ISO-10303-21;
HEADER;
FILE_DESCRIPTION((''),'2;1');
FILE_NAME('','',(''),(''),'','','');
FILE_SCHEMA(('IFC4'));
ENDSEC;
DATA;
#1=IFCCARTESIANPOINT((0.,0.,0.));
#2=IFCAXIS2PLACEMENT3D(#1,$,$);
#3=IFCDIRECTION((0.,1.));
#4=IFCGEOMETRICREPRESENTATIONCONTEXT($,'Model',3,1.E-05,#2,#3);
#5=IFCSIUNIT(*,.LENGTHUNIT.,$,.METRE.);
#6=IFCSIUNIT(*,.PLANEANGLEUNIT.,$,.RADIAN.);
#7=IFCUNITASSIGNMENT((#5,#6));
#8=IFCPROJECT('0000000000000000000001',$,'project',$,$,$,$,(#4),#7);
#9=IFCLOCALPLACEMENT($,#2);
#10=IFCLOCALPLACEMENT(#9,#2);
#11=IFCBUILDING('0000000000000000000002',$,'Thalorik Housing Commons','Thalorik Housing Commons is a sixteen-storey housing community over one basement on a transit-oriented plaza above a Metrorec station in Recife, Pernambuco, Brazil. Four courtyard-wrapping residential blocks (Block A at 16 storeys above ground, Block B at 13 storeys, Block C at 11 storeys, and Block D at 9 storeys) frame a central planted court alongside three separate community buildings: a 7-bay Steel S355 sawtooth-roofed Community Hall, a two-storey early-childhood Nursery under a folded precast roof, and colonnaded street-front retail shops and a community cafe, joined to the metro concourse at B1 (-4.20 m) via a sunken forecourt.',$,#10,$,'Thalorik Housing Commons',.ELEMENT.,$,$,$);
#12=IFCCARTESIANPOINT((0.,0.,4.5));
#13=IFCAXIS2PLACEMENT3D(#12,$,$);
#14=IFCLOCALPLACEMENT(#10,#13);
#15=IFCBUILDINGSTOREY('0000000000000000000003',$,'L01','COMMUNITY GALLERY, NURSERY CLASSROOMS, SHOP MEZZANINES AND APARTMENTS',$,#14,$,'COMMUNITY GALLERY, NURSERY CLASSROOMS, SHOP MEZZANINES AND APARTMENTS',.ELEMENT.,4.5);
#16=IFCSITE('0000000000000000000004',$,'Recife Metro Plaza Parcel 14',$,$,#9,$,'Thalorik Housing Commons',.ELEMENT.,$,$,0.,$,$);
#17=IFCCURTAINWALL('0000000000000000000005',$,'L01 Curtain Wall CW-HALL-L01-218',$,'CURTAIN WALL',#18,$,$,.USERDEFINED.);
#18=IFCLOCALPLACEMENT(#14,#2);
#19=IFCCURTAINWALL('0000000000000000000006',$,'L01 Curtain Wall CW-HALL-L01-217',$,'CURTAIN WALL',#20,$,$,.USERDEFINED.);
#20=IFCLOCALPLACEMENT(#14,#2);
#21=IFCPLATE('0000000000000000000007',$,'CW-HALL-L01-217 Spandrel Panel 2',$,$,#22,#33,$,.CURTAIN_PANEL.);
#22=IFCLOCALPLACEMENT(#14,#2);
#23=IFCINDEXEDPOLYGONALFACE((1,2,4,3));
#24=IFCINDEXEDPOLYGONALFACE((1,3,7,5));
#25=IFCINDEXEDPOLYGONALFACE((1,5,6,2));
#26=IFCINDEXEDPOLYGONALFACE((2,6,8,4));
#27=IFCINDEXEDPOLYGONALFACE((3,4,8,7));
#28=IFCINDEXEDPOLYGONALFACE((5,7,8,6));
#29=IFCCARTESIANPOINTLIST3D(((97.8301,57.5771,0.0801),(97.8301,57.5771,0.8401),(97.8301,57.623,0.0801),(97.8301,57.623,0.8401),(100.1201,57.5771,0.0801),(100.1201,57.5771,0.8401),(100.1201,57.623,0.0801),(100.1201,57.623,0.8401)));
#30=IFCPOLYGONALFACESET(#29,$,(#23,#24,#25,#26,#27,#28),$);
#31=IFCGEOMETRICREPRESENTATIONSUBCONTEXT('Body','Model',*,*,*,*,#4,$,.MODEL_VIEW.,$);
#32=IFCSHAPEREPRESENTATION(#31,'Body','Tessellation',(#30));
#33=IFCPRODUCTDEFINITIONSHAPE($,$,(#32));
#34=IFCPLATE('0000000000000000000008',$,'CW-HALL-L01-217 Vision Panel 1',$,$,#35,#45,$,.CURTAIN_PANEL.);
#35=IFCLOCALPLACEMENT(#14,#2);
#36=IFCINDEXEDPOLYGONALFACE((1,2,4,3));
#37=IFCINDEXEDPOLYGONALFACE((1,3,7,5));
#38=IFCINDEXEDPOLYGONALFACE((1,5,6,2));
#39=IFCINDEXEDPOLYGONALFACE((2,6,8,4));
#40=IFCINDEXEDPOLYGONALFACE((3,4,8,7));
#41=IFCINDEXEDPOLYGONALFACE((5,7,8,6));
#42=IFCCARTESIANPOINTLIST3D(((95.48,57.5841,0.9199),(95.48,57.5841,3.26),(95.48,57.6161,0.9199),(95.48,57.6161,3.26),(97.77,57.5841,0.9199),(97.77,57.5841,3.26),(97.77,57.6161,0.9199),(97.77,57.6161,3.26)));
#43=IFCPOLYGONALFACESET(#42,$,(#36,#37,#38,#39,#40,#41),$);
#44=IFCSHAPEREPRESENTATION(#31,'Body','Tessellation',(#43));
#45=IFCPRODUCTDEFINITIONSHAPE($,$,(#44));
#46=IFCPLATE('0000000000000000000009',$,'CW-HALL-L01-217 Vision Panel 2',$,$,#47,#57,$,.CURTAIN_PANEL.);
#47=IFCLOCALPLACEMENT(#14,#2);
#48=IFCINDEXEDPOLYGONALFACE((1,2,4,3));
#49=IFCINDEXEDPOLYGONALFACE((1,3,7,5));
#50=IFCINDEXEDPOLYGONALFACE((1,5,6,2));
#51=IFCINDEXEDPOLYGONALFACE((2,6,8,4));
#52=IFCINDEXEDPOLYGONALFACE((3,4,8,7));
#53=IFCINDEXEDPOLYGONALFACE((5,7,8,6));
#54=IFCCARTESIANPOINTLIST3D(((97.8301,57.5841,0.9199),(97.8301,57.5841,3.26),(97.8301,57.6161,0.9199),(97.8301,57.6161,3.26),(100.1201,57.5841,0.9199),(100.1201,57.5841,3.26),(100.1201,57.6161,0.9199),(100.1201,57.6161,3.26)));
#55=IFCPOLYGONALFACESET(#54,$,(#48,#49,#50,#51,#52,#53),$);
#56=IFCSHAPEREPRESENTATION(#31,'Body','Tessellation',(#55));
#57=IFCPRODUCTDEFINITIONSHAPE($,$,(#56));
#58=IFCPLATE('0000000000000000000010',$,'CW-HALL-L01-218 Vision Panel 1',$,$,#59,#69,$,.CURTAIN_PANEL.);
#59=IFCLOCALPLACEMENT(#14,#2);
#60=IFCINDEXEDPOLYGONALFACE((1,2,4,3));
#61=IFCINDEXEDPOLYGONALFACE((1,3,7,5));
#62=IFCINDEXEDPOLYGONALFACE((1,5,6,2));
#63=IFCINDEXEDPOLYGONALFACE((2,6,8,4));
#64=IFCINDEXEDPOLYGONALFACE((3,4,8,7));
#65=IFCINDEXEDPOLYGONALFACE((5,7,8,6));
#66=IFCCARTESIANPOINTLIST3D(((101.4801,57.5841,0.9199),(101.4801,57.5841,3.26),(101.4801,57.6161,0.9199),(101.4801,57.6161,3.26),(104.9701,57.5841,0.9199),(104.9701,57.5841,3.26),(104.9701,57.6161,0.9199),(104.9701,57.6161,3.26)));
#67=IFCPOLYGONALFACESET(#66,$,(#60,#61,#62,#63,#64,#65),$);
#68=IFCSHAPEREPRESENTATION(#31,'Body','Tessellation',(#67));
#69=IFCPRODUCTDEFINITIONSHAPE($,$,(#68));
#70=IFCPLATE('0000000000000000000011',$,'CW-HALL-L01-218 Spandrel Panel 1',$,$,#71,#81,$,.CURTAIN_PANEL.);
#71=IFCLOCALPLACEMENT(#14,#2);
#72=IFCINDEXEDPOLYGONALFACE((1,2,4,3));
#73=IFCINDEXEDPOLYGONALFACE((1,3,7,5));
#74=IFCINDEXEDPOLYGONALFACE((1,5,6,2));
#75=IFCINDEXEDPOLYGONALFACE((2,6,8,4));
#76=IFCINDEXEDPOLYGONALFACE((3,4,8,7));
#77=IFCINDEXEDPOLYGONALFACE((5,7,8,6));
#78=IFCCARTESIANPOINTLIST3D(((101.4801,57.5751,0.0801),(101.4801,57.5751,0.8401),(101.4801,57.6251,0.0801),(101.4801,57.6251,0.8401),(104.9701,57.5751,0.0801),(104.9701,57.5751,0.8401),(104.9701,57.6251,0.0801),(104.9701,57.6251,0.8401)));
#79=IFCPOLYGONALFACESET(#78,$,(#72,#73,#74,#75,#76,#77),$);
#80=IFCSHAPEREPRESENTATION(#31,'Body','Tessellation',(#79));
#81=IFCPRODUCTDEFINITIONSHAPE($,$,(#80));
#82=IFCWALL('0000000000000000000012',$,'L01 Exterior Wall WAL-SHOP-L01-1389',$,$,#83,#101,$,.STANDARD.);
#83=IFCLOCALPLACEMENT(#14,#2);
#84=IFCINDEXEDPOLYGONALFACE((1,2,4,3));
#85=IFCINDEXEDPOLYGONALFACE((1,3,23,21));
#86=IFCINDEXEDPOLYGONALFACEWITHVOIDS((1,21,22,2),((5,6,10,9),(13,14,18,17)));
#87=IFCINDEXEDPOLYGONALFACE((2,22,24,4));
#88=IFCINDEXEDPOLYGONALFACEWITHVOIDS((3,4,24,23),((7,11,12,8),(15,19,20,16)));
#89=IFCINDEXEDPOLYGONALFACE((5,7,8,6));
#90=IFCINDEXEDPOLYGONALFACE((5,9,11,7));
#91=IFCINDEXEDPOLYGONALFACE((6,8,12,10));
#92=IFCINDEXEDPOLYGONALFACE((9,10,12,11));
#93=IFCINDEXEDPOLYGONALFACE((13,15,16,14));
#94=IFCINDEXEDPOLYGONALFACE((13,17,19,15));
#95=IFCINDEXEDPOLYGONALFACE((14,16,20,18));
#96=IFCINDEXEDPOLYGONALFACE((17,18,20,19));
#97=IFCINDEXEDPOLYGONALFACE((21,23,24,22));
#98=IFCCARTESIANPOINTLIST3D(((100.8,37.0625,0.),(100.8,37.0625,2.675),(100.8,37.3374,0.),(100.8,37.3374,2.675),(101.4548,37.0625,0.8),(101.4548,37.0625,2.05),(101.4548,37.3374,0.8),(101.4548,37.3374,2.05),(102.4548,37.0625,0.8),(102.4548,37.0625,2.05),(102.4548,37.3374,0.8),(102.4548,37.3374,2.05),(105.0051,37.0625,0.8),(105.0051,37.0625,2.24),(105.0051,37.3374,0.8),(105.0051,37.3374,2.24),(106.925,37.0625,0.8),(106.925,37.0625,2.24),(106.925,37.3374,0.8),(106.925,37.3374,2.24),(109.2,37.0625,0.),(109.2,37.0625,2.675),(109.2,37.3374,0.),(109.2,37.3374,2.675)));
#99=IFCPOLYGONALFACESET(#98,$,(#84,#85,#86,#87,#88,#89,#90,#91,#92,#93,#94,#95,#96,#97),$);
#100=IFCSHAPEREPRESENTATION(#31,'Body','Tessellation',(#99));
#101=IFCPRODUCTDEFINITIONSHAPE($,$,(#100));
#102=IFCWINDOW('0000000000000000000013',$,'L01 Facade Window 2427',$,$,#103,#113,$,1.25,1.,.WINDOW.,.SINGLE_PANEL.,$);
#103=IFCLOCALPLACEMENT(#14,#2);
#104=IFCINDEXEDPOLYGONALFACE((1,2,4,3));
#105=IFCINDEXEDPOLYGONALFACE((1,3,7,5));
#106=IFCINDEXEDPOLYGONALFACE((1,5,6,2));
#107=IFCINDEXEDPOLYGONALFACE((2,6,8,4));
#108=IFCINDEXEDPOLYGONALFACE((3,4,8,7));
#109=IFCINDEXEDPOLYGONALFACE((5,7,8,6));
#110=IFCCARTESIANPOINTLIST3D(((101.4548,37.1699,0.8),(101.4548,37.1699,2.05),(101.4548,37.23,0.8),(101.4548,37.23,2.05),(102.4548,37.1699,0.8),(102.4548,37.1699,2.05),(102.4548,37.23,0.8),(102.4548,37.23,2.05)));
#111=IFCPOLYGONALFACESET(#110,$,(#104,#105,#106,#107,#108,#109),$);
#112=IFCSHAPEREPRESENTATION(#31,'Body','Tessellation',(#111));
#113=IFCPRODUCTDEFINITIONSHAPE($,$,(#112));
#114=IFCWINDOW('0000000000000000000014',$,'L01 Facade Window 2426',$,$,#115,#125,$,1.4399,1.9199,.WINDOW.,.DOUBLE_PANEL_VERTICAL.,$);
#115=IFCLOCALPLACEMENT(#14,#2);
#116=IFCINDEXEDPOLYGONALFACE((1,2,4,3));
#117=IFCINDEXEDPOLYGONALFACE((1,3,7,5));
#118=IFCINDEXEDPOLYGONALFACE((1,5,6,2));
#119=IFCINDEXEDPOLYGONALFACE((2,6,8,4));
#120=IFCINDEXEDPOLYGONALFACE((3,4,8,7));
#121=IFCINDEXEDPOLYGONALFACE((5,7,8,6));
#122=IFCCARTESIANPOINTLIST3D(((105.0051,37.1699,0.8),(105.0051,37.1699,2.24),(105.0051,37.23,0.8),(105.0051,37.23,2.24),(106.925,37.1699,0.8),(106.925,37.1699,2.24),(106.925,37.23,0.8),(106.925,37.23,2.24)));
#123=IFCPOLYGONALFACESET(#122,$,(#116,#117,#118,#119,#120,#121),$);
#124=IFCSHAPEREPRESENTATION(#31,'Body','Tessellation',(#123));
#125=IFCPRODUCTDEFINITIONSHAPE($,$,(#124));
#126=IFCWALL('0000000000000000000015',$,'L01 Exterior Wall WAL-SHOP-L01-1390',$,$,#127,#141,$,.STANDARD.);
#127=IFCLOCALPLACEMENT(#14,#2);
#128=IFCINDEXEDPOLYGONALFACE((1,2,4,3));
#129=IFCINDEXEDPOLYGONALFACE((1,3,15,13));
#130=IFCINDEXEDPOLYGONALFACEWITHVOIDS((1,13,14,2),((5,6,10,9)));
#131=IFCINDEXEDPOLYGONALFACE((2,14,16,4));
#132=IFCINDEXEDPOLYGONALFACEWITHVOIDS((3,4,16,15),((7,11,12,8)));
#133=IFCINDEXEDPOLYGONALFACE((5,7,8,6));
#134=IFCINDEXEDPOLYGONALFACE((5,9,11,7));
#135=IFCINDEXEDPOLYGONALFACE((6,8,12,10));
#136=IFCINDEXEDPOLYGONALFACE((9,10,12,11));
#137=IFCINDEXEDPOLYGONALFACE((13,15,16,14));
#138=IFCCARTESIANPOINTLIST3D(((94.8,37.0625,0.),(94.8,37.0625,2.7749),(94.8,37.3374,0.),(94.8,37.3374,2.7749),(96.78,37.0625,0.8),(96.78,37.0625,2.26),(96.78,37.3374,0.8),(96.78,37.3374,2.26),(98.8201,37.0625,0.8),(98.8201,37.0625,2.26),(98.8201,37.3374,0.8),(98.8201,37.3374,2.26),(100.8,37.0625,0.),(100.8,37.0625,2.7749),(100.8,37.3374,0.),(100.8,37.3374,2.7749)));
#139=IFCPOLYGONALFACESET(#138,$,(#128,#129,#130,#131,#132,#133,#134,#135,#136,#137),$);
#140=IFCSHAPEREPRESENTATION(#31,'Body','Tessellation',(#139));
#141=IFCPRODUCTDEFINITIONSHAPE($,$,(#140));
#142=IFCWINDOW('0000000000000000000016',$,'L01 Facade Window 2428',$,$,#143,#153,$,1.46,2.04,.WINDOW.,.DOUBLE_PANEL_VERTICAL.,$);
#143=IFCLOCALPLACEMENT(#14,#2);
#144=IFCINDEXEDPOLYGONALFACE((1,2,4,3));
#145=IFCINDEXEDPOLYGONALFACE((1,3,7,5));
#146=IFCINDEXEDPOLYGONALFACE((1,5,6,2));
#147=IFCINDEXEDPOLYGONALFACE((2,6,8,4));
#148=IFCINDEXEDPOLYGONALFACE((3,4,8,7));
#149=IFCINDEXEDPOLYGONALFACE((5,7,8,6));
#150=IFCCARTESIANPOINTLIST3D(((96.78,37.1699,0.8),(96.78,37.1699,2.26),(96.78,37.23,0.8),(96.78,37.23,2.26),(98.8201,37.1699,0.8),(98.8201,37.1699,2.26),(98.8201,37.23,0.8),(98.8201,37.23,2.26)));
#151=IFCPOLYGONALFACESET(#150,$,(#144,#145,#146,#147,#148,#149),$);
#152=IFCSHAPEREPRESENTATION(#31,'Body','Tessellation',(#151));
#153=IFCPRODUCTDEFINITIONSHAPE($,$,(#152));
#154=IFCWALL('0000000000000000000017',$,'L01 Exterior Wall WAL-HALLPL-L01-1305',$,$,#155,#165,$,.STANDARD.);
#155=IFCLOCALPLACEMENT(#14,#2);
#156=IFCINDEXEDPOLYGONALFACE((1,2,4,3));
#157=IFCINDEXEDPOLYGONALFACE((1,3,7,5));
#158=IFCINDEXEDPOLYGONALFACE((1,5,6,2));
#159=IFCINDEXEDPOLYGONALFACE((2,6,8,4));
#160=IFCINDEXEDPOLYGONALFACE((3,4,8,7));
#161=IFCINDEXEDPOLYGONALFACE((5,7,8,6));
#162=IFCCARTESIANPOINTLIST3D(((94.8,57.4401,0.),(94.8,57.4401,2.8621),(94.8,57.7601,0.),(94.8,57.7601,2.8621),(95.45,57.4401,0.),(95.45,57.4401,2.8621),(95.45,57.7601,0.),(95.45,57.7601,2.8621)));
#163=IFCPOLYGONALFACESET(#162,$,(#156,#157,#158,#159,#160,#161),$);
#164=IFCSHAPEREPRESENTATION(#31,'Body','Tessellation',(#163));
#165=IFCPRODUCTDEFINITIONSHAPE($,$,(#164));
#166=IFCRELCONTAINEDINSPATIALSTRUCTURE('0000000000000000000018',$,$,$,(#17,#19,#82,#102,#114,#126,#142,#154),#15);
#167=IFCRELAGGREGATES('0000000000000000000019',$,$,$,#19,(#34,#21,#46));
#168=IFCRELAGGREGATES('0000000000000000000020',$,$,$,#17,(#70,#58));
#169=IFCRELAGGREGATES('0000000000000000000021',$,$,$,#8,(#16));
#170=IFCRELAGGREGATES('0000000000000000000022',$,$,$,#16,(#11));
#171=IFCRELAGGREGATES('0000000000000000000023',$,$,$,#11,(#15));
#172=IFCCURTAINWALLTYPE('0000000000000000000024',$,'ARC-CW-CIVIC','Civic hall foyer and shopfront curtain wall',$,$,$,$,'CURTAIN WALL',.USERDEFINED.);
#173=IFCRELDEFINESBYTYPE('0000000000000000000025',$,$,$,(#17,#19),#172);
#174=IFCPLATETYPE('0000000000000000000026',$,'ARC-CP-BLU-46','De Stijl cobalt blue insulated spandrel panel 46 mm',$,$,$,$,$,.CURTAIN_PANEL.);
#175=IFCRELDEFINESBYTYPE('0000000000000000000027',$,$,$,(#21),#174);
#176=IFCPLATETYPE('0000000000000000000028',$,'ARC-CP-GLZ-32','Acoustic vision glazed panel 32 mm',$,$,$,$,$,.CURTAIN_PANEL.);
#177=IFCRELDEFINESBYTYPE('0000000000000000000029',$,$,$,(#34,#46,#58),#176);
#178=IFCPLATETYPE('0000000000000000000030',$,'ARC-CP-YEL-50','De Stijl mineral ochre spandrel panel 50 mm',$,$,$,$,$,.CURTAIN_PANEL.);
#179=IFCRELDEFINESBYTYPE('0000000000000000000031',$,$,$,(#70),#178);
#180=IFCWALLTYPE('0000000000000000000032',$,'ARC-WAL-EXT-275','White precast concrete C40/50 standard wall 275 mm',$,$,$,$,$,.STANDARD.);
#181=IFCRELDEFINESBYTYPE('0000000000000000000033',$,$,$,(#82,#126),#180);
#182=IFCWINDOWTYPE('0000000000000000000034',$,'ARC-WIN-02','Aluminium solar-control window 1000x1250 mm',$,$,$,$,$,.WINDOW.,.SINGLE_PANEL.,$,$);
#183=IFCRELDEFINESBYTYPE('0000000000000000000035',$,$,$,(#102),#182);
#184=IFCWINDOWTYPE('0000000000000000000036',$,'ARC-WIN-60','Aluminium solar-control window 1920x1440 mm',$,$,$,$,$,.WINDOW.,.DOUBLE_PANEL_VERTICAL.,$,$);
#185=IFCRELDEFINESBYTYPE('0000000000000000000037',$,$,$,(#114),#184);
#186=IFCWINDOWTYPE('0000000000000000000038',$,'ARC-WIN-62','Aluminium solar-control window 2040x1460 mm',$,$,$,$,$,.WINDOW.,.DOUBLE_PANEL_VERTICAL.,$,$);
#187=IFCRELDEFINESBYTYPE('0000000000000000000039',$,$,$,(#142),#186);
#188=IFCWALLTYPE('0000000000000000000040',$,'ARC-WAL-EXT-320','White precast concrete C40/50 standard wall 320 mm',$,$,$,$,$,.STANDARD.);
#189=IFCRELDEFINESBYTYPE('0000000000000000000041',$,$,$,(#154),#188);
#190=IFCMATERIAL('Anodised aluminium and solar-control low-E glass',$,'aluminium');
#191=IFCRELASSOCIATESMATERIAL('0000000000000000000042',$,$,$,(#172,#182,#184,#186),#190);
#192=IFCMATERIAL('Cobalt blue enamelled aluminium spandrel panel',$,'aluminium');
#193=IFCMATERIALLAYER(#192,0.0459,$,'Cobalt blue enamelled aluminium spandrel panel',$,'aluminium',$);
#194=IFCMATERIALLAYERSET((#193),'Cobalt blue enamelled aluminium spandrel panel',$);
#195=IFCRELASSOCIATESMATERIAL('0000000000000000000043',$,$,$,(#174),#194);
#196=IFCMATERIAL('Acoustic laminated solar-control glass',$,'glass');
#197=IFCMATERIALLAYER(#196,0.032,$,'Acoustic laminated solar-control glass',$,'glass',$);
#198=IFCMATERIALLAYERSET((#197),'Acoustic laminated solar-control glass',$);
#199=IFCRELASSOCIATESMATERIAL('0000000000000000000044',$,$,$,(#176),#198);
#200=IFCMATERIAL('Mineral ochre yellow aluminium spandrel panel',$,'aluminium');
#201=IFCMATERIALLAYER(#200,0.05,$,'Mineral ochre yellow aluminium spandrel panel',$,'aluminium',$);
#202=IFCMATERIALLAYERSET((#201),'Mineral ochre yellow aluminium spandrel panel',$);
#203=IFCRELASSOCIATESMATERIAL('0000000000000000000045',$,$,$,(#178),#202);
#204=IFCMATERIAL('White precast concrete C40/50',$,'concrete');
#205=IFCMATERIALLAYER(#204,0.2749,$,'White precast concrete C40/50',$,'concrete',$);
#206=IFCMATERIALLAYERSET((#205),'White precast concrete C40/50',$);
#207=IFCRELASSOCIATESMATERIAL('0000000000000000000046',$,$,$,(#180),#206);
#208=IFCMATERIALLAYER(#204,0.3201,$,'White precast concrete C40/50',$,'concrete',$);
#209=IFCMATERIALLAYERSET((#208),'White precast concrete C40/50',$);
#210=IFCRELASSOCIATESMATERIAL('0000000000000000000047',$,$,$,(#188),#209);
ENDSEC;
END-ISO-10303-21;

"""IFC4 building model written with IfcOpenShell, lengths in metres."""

from ifc_helpers import new_model, si_unit, direction, frame, frame_2d, origin, origin_2d, place, context, subcontext, project, spatial, rectangle, extrude, material, layer, layer_set, type_object, element, fill, aggregate, save


model = new_model("IFC4")

# Units and contexts
model_context = context("Model", 3, precision=1e-05, world=origin(), true_north=direction((0.0, 1.0)))
body_context = subcontext(model_context, "Body", "Model", "MODEL_VIEW")
ifc_project = project(units=[si_unit("LENGTHUNIT", "METRE"), si_unit("PLANEANGLEUNIT", "RADIAN")], contexts=[model_context])

# Site, building, storey
site_placement = place(None, origin())
site = spatial("IfcSite", under=ifc_project, at=site_placement, Name="Recife Metro Plaza Parcel 14", LongName="Thalorik Housing Commons", CompositionType="ELEMENT", RefElevation=0.0)
building_placement = place(site_placement, origin())
building = spatial("IfcBuilding", under=site, at=building_placement, Name="Thalorik Housing Commons", Description="Thalorik Housing Commons is a sixteen-storey housing community over one basement on a transit-oriented plaza above a Metrorec station in Recife, Pernambuco, Brazil. Four courtyard-wrapping residential blocks (Block A at 16 storeys above ground, Block B at 13 storeys, Block C at 11 storeys, and Block D at 9 storeys) frame a central planted court alongside three separate community buildings: a 7-bay Steel S355 sawtooth-roofed Community Hall, a two-storey early-childhood Nursery under a folded precast roof, and colonnaded street-front retail shops and a community cafe, joined to the metro concourse at B1 (-4.20 m) via a sunken forecourt.", LongName="Thalorik Housing Commons", CompositionType="ELEMENT")
storey_placement = place(building_placement, frame((0.0, 0.0, 4.5)))
storey = spatial("IfcBuildingStorey", under=building, at=storey_placement, Name="L01", Description="COMMUNITY GALLERY, NURSERY CLASSROOMS, SHOP MEZZANINES AND APARTMENTS", LongName="COMMUNITY GALLERY, NURSERY CLASSROOMS, SHOP MEZZANINES AND APARTMENTS", CompositionType="ELEMENT", Elevation=4.5)

# Curtain walls
ifc_material_1 = material(Name="Anodised aluminium and solar-control low-E glass", Category="aluminium")
curtain_wall_type = type_object("IfcCurtainWallType", Name="ARC-CW-CIVIC", Description="Civic hall foyer and shopfront curtain wall", ElementType="CURTAIN WALL", PredefinedType="USERDEFINED", material=ifc_material_1)
curtain_wall_1_placement = place(storey_placement, origin())
curtain_wall_1 = element("IfcCurtainWall", 1, at=curtain_wall_1_placement, inside=storey, type_object=curtain_wall_type, Name="L01 Curtain Wall CW-HALL-L01-218", ObjectType="CURTAIN WALL", PredefinedType="USERDEFINED")
curtain_wall_2_placement = place(storey_placement, origin())
curtain_wall_2 = element("IfcCurtainWall", 2, at=curtain_wall_2_placement, inside=storey, type_object=curtain_wall_type, Name="L01 Curtain Wall CW-HALL-L01-217", ObjectType="CURTAIN WALL", PredefinedType="USERDEFINED")

# Plates
ifc_material_2 = material(Name="Cobalt blue enamelled aluminium spandrel panel", Category="aluminium")
ifc_layer_1 = layer(ifc_material_2, 0.0459, Name="Cobalt blue enamelled aluminium spandrel panel", Category="aluminium")
ifc_layer_set_1 = layer_set([ifc_layer_1], Name="Cobalt blue enamelled aluminium spandrel panel")
plate_type_1 = type_object("IfcPlateType", Name="ARC-CP-BLU-46", Description="De Stijl cobalt blue insulated spandrel panel 46 mm", PredefinedType="CURTAIN_PANEL", material=ifc_layer_set_1)
plate_1_placement = place(storey_placement, frame((98.9751, 57.6001, 0.0801), z_axis=(0.0, 0.0, 1.0), x_axis=(1.0, 0.0, 0.0)))
plate_1 = element("IfcPlate", 3, at=plate_1_placement, type_object=plate_type_1, Name="CW-HALL-L01-217 Spandrel Panel 2", PredefinedType="CURTAIN_PANEL", context=body_context, shape_type="SweptSolid", body=[
    extrude(rectangle(XDim=2.29, YDim=0.0459, at=origin_2d()), origin(), (0.0, 0.0, 1.0), 0.76),
])
ifc_material_3 = material(Name="Acoustic laminated solar-control glass", Category="glass")
ifc_layer_2 = layer(ifc_material_3, 0.032, Name="Acoustic laminated solar-control glass", Category="glass")
ifc_layer_set_2 = layer_set([ifc_layer_2], Name="Acoustic laminated solar-control glass")
plate_type_2 = type_object("IfcPlateType", Name="ARC-CP-GLZ-32", Description="Acoustic vision glazed panel 32 mm", PredefinedType="CURTAIN_PANEL", material=ifc_layer_set_2)
plate_2_placement = place(storey_placement, frame((96.625, 57.6001, 0.9199), z_axis=(0.0, 0.0, 1.0), x_axis=(1.0, 0.0, 0.0)))
plate_2 = element("IfcPlate", 4, at=plate_2_placement, type_object=plate_type_2, Name="CW-HALL-L01-217 Vision Panel 1", PredefinedType="CURTAIN_PANEL", context=body_context, shape_type="SweptSolid", body=[
    extrude(rectangle(XDim=2.29, YDim=0.032, at=origin_2d()), origin(), (0.0, 0.0, 1.0), 2.3401),
])
plate_3_placement = place(storey_placement, frame((98.9751, 57.6001, 0.9199), z_axis=(0.0, 0.0, 1.0), x_axis=(1.0, 0.0, 0.0)))
plate_3 = element("IfcPlate", 5, at=plate_3_placement, type_object=plate_type_2, Name="CW-HALL-L01-217 Vision Panel 2", PredefinedType="CURTAIN_PANEL", context=body_context, shape_type="SweptSolid", body=[
    extrude(rectangle(XDim=2.29, YDim=0.032, at=origin_2d()), origin(), (0.0, 0.0, 1.0), 2.3401),
])
aggregate(curtain_wall_2, [plate_2, plate_1, plate_3])
plate_4_placement = place(storey_placement, frame((103.2251, 57.6001, 0.9199), z_axis=(0.0, 0.0, 1.0), x_axis=(1.0, 0.0, 0.0)))
plate_4 = element("IfcPlate", 6, at=plate_4_placement, type_object=plate_type_2, Name="CW-HALL-L01-218 Vision Panel 1", PredefinedType="CURTAIN_PANEL", context=body_context, shape_type="SweptSolid", body=[
    extrude(rectangle(XDim=3.49, YDim=0.032, at=origin_2d()), origin(), (0.0, 0.0, 1.0), 2.3401),
])
ifc_material_4 = material(Name="Mineral ochre yellow aluminium spandrel panel", Category="aluminium")
ifc_layer_3 = layer(ifc_material_4, 0.05, Name="Mineral ochre yellow aluminium spandrel panel", Category="aluminium")
ifc_layer_set_3 = layer_set([ifc_layer_3], Name="Mineral ochre yellow aluminium spandrel panel")
plate_type_3 = type_object("IfcPlateType", Name="ARC-CP-YEL-50", Description="De Stijl mineral ochre spandrel panel 50 mm", PredefinedType="CURTAIN_PANEL", material=ifc_layer_set_3)
plate_5_placement = place(storey_placement, frame((103.2251, 57.6001, 0.0801), z_axis=(0.0, 0.0, 1.0), x_axis=(1.0, 0.0, 0.0)))
plate_5 = element("IfcPlate", 7, at=plate_5_placement, type_object=plate_type_3, Name="CW-HALL-L01-218 Spandrel Panel 1", PredefinedType="CURTAIN_PANEL", context=body_context, shape_type="SweptSolid", body=[
    extrude(rectangle(XDim=3.49, YDim=0.05, at=origin_2d()), origin(), (0.0, 0.0, 1.0), 0.76),
])
aggregate(curtain_wall_1, [plate_5, plate_4])

# Wall, openings, windows
ifc_material_5 = material(Name="White precast concrete C40/50", Category="concrete")
ifc_layer_4 = layer(ifc_material_5, 0.2749, Name="White precast concrete C40/50", Category="concrete")
ifc_layer_set_4 = layer_set([ifc_layer_4], Name="White precast concrete C40/50")
wall_type_1 = type_object("IfcWallType", Name="ARC-WAL-EXT-275", Description="White precast concrete C40/50 standard wall 275 mm", PredefinedType="STANDARD", material=ifc_layer_set_4)
wall_1_placement = place(storey_placement, frame((109.2, 37.2, 0.0), z_axis=(0.0, 0.0, 1.0), x_axis=(-1.0, 0.0, 0.0)))
wall_1 = element("IfcWall", 8, at=wall_1_placement, inside=storey, type_object=wall_type_1, Name="L01 Exterior Wall WAL-SHOP-L01-1389", PredefinedType="STANDARD", context=body_context, shape_type="SweptSolid", body=[
    extrude(rectangle(XDim=8.3999, YDim=0.2749, at=frame_2d((4.2, 0.0))), origin(), (0.0, 0.0, 1.0), 2.675),
])
opening_1_placement = place(wall_1_placement, frame((2.2749, 0.0, 0.8)))
opening_1 = element("IfcOpeningElement", 9, at=opening_1_placement, cuts=wall_1, PredefinedType="OPENING", context=body_context, shape_type="SweptSolid", body=[
    extrude(rectangle(XDim=1.9199, YDim=1.4399, at=frame_2d((0.96, 0.72))), frame((0.0, 0.1475, 0.0), z_axis=(0.0, -1.0, 0.0), x_axis=(1.0, 0.0, 0.0)), (0.0, 0.0, 1.0), 0.2949),
])
opening_2_placement = place(wall_1_placement, frame((6.7451, 0.0, 0.8)))
opening_2 = element("IfcOpeningElement", 10, at=opening_2_placement, cuts=wall_1, PredefinedType="OPENING", context=body_context, shape_type="SweptSolid", body=[
    extrude(rectangle(XDim=1.0, YDim=1.25, at=frame_2d((0.5, 0.625))), frame((0.0, 0.1475, 0.0), z_axis=(0.0, -1.0, 0.0), x_axis=(1.0, 0.0, 0.0)), (0.0, 0.0, 1.0), 0.2949),
])
window_type_1 = type_object("IfcWindowType", Name="ARC-WIN-02", Description="Aluminium solar-control window 1000x1250 mm", PartitioningType="SINGLE_PANEL", PredefinedType="WINDOW", material=ifc_material_1)
window_1_placement = place(opening_2_placement, origin())
window_1 = element("IfcWindow", 11, at=window_1_placement, inside=storey, type_object=window_type_1, Name="L01 Facade Window 2427", OverallHeight=1.25, OverallWidth=1.0, PartitioningType="SINGLE_PANEL", PredefinedType="WINDOW", context=body_context, shape_type="SweptSolid", body=[
    extrude(rectangle(XDim=1.0, YDim=1.25, at=frame_2d((0.5, 0.625))), frame((0.0, 0.03, 0.0), z_axis=(0.0, -1.0, 0.0), x_axis=(1.0, 0.0, 0.0)), (0.0, 0.0, 1.0), 0.0601),
])
fill(opening_2, window_1)
window_type_2 = type_object("IfcWindowType", Name="ARC-WIN-60", Description="Aluminium solar-control window 1920x1440 mm", PartitioningType="DOUBLE_PANEL_VERTICAL", PredefinedType="WINDOW", material=ifc_material_1)
window_2_placement = place(opening_1_placement, origin())
window_2 = element("IfcWindow", 12, at=window_2_placement, inside=storey, type_object=window_type_2, Name="L01 Facade Window 2426", OverallHeight=1.4399, OverallWidth=1.9199, PartitioningType="DOUBLE_PANEL_VERTICAL", PredefinedType="WINDOW", context=body_context, shape_type="SweptSolid", body=[
    extrude(rectangle(XDim=1.9199, YDim=1.4399, at=frame_2d((0.96, 0.72))), frame((0.0, 0.03, 0.0), z_axis=(0.0, -1.0, 0.0), x_axis=(1.0, 0.0, 0.0)), (0.0, 0.0, 1.0), 0.0601),
])
fill(opening_1, window_2)

# Wall, opening, window
wall_2_placement = place(storey_placement, frame((100.8, 37.2, 0.0), z_axis=(0.0, 0.0, 1.0), x_axis=(-1.0, 0.0, 0.0)))
wall_2 = element("IfcWall", 13, at=wall_2_placement, inside=storey, type_object=wall_type_1, Name="L01 Exterior Wall WAL-SHOP-L01-1390", PredefinedType="STANDARD", context=body_context, shape_type="SweptSolid", body=[
    extrude(rectangle(XDim=6.0, YDim=0.2749, at=frame_2d((3.0, 0.0))), origin(), (0.0, 0.0, 1.0), 2.7749),
])
opening_3_placement = place(wall_2_placement, frame((1.98, 0.0, 0.8)))
opening_3 = element("IfcOpeningElement", 14, at=opening_3_placement, cuts=wall_2, PredefinedType="OPENING", context=body_context, shape_type="SweptSolid", body=[
    extrude(rectangle(XDim=2.04, YDim=1.46, at=frame_2d((1.02, 0.73))), frame((0.0, 0.1475, 0.0), z_axis=(0.0, -1.0, 0.0), x_axis=(1.0, 0.0, 0.0)), (0.0, 0.0, 1.0), 0.2949),
])
window_type_3 = type_object("IfcWindowType", Name="ARC-WIN-62", Description="Aluminium solar-control window 2040x1460 mm", PartitioningType="DOUBLE_PANEL_VERTICAL", PredefinedType="WINDOW", material=ifc_material_1)
window_3_placement = place(opening_3_placement, origin())
window_3 = element("IfcWindow", 15, at=window_3_placement, inside=storey, type_object=window_type_3, Name="L01 Facade Window 2428", OverallHeight=1.46, OverallWidth=2.04, PartitioningType="DOUBLE_PANEL_VERTICAL", PredefinedType="WINDOW", context=body_context, shape_type="SweptSolid", body=[
    extrude(rectangle(XDim=2.04, YDim=1.46, at=frame_2d((1.02, 0.73))), frame((0.0, 0.03, 0.0), z_axis=(0.0, -1.0, 0.0), x_axis=(1.0, 0.0, 0.0)), (0.0, 0.0, 1.0), 0.0601),
])
fill(opening_3, window_3)

# Wall
ifc_layer_5 = layer(ifc_material_5, 0.3201, Name="White precast concrete C40/50", Category="concrete")
ifc_layer_set_5 = layer_set([ifc_layer_5], Name="White precast concrete C40/50")
wall_type_2 = type_object("IfcWallType", Name="ARC-WAL-EXT-320", Description="White precast concrete C40/50 standard wall 320 mm", PredefinedType="STANDARD", material=ifc_layer_set_5)
wall_3_placement = place(storey_placement, frame((94.8, 57.6001, 0.0), z_axis=(0.0, 0.0, 1.0), x_axis=(1.0, 0.0, 0.0)))
element("IfcWall", 16, at=wall_3_placement, inside=storey, type_object=wall_type_2, Name="L01 Exterior Wall WAL-HALLPL-L01-1305", PredefinedType="STANDARD", context=body_context, shape_type="SweptSolid", body=[
    extrude(rectangle(XDim=0.6499, YDim=0.3201, at=frame_2d((0.325, 0.0))), origin(), (0.0, 0.0, 1.0), 2.8621),
])

save(model, "model.ifc")
